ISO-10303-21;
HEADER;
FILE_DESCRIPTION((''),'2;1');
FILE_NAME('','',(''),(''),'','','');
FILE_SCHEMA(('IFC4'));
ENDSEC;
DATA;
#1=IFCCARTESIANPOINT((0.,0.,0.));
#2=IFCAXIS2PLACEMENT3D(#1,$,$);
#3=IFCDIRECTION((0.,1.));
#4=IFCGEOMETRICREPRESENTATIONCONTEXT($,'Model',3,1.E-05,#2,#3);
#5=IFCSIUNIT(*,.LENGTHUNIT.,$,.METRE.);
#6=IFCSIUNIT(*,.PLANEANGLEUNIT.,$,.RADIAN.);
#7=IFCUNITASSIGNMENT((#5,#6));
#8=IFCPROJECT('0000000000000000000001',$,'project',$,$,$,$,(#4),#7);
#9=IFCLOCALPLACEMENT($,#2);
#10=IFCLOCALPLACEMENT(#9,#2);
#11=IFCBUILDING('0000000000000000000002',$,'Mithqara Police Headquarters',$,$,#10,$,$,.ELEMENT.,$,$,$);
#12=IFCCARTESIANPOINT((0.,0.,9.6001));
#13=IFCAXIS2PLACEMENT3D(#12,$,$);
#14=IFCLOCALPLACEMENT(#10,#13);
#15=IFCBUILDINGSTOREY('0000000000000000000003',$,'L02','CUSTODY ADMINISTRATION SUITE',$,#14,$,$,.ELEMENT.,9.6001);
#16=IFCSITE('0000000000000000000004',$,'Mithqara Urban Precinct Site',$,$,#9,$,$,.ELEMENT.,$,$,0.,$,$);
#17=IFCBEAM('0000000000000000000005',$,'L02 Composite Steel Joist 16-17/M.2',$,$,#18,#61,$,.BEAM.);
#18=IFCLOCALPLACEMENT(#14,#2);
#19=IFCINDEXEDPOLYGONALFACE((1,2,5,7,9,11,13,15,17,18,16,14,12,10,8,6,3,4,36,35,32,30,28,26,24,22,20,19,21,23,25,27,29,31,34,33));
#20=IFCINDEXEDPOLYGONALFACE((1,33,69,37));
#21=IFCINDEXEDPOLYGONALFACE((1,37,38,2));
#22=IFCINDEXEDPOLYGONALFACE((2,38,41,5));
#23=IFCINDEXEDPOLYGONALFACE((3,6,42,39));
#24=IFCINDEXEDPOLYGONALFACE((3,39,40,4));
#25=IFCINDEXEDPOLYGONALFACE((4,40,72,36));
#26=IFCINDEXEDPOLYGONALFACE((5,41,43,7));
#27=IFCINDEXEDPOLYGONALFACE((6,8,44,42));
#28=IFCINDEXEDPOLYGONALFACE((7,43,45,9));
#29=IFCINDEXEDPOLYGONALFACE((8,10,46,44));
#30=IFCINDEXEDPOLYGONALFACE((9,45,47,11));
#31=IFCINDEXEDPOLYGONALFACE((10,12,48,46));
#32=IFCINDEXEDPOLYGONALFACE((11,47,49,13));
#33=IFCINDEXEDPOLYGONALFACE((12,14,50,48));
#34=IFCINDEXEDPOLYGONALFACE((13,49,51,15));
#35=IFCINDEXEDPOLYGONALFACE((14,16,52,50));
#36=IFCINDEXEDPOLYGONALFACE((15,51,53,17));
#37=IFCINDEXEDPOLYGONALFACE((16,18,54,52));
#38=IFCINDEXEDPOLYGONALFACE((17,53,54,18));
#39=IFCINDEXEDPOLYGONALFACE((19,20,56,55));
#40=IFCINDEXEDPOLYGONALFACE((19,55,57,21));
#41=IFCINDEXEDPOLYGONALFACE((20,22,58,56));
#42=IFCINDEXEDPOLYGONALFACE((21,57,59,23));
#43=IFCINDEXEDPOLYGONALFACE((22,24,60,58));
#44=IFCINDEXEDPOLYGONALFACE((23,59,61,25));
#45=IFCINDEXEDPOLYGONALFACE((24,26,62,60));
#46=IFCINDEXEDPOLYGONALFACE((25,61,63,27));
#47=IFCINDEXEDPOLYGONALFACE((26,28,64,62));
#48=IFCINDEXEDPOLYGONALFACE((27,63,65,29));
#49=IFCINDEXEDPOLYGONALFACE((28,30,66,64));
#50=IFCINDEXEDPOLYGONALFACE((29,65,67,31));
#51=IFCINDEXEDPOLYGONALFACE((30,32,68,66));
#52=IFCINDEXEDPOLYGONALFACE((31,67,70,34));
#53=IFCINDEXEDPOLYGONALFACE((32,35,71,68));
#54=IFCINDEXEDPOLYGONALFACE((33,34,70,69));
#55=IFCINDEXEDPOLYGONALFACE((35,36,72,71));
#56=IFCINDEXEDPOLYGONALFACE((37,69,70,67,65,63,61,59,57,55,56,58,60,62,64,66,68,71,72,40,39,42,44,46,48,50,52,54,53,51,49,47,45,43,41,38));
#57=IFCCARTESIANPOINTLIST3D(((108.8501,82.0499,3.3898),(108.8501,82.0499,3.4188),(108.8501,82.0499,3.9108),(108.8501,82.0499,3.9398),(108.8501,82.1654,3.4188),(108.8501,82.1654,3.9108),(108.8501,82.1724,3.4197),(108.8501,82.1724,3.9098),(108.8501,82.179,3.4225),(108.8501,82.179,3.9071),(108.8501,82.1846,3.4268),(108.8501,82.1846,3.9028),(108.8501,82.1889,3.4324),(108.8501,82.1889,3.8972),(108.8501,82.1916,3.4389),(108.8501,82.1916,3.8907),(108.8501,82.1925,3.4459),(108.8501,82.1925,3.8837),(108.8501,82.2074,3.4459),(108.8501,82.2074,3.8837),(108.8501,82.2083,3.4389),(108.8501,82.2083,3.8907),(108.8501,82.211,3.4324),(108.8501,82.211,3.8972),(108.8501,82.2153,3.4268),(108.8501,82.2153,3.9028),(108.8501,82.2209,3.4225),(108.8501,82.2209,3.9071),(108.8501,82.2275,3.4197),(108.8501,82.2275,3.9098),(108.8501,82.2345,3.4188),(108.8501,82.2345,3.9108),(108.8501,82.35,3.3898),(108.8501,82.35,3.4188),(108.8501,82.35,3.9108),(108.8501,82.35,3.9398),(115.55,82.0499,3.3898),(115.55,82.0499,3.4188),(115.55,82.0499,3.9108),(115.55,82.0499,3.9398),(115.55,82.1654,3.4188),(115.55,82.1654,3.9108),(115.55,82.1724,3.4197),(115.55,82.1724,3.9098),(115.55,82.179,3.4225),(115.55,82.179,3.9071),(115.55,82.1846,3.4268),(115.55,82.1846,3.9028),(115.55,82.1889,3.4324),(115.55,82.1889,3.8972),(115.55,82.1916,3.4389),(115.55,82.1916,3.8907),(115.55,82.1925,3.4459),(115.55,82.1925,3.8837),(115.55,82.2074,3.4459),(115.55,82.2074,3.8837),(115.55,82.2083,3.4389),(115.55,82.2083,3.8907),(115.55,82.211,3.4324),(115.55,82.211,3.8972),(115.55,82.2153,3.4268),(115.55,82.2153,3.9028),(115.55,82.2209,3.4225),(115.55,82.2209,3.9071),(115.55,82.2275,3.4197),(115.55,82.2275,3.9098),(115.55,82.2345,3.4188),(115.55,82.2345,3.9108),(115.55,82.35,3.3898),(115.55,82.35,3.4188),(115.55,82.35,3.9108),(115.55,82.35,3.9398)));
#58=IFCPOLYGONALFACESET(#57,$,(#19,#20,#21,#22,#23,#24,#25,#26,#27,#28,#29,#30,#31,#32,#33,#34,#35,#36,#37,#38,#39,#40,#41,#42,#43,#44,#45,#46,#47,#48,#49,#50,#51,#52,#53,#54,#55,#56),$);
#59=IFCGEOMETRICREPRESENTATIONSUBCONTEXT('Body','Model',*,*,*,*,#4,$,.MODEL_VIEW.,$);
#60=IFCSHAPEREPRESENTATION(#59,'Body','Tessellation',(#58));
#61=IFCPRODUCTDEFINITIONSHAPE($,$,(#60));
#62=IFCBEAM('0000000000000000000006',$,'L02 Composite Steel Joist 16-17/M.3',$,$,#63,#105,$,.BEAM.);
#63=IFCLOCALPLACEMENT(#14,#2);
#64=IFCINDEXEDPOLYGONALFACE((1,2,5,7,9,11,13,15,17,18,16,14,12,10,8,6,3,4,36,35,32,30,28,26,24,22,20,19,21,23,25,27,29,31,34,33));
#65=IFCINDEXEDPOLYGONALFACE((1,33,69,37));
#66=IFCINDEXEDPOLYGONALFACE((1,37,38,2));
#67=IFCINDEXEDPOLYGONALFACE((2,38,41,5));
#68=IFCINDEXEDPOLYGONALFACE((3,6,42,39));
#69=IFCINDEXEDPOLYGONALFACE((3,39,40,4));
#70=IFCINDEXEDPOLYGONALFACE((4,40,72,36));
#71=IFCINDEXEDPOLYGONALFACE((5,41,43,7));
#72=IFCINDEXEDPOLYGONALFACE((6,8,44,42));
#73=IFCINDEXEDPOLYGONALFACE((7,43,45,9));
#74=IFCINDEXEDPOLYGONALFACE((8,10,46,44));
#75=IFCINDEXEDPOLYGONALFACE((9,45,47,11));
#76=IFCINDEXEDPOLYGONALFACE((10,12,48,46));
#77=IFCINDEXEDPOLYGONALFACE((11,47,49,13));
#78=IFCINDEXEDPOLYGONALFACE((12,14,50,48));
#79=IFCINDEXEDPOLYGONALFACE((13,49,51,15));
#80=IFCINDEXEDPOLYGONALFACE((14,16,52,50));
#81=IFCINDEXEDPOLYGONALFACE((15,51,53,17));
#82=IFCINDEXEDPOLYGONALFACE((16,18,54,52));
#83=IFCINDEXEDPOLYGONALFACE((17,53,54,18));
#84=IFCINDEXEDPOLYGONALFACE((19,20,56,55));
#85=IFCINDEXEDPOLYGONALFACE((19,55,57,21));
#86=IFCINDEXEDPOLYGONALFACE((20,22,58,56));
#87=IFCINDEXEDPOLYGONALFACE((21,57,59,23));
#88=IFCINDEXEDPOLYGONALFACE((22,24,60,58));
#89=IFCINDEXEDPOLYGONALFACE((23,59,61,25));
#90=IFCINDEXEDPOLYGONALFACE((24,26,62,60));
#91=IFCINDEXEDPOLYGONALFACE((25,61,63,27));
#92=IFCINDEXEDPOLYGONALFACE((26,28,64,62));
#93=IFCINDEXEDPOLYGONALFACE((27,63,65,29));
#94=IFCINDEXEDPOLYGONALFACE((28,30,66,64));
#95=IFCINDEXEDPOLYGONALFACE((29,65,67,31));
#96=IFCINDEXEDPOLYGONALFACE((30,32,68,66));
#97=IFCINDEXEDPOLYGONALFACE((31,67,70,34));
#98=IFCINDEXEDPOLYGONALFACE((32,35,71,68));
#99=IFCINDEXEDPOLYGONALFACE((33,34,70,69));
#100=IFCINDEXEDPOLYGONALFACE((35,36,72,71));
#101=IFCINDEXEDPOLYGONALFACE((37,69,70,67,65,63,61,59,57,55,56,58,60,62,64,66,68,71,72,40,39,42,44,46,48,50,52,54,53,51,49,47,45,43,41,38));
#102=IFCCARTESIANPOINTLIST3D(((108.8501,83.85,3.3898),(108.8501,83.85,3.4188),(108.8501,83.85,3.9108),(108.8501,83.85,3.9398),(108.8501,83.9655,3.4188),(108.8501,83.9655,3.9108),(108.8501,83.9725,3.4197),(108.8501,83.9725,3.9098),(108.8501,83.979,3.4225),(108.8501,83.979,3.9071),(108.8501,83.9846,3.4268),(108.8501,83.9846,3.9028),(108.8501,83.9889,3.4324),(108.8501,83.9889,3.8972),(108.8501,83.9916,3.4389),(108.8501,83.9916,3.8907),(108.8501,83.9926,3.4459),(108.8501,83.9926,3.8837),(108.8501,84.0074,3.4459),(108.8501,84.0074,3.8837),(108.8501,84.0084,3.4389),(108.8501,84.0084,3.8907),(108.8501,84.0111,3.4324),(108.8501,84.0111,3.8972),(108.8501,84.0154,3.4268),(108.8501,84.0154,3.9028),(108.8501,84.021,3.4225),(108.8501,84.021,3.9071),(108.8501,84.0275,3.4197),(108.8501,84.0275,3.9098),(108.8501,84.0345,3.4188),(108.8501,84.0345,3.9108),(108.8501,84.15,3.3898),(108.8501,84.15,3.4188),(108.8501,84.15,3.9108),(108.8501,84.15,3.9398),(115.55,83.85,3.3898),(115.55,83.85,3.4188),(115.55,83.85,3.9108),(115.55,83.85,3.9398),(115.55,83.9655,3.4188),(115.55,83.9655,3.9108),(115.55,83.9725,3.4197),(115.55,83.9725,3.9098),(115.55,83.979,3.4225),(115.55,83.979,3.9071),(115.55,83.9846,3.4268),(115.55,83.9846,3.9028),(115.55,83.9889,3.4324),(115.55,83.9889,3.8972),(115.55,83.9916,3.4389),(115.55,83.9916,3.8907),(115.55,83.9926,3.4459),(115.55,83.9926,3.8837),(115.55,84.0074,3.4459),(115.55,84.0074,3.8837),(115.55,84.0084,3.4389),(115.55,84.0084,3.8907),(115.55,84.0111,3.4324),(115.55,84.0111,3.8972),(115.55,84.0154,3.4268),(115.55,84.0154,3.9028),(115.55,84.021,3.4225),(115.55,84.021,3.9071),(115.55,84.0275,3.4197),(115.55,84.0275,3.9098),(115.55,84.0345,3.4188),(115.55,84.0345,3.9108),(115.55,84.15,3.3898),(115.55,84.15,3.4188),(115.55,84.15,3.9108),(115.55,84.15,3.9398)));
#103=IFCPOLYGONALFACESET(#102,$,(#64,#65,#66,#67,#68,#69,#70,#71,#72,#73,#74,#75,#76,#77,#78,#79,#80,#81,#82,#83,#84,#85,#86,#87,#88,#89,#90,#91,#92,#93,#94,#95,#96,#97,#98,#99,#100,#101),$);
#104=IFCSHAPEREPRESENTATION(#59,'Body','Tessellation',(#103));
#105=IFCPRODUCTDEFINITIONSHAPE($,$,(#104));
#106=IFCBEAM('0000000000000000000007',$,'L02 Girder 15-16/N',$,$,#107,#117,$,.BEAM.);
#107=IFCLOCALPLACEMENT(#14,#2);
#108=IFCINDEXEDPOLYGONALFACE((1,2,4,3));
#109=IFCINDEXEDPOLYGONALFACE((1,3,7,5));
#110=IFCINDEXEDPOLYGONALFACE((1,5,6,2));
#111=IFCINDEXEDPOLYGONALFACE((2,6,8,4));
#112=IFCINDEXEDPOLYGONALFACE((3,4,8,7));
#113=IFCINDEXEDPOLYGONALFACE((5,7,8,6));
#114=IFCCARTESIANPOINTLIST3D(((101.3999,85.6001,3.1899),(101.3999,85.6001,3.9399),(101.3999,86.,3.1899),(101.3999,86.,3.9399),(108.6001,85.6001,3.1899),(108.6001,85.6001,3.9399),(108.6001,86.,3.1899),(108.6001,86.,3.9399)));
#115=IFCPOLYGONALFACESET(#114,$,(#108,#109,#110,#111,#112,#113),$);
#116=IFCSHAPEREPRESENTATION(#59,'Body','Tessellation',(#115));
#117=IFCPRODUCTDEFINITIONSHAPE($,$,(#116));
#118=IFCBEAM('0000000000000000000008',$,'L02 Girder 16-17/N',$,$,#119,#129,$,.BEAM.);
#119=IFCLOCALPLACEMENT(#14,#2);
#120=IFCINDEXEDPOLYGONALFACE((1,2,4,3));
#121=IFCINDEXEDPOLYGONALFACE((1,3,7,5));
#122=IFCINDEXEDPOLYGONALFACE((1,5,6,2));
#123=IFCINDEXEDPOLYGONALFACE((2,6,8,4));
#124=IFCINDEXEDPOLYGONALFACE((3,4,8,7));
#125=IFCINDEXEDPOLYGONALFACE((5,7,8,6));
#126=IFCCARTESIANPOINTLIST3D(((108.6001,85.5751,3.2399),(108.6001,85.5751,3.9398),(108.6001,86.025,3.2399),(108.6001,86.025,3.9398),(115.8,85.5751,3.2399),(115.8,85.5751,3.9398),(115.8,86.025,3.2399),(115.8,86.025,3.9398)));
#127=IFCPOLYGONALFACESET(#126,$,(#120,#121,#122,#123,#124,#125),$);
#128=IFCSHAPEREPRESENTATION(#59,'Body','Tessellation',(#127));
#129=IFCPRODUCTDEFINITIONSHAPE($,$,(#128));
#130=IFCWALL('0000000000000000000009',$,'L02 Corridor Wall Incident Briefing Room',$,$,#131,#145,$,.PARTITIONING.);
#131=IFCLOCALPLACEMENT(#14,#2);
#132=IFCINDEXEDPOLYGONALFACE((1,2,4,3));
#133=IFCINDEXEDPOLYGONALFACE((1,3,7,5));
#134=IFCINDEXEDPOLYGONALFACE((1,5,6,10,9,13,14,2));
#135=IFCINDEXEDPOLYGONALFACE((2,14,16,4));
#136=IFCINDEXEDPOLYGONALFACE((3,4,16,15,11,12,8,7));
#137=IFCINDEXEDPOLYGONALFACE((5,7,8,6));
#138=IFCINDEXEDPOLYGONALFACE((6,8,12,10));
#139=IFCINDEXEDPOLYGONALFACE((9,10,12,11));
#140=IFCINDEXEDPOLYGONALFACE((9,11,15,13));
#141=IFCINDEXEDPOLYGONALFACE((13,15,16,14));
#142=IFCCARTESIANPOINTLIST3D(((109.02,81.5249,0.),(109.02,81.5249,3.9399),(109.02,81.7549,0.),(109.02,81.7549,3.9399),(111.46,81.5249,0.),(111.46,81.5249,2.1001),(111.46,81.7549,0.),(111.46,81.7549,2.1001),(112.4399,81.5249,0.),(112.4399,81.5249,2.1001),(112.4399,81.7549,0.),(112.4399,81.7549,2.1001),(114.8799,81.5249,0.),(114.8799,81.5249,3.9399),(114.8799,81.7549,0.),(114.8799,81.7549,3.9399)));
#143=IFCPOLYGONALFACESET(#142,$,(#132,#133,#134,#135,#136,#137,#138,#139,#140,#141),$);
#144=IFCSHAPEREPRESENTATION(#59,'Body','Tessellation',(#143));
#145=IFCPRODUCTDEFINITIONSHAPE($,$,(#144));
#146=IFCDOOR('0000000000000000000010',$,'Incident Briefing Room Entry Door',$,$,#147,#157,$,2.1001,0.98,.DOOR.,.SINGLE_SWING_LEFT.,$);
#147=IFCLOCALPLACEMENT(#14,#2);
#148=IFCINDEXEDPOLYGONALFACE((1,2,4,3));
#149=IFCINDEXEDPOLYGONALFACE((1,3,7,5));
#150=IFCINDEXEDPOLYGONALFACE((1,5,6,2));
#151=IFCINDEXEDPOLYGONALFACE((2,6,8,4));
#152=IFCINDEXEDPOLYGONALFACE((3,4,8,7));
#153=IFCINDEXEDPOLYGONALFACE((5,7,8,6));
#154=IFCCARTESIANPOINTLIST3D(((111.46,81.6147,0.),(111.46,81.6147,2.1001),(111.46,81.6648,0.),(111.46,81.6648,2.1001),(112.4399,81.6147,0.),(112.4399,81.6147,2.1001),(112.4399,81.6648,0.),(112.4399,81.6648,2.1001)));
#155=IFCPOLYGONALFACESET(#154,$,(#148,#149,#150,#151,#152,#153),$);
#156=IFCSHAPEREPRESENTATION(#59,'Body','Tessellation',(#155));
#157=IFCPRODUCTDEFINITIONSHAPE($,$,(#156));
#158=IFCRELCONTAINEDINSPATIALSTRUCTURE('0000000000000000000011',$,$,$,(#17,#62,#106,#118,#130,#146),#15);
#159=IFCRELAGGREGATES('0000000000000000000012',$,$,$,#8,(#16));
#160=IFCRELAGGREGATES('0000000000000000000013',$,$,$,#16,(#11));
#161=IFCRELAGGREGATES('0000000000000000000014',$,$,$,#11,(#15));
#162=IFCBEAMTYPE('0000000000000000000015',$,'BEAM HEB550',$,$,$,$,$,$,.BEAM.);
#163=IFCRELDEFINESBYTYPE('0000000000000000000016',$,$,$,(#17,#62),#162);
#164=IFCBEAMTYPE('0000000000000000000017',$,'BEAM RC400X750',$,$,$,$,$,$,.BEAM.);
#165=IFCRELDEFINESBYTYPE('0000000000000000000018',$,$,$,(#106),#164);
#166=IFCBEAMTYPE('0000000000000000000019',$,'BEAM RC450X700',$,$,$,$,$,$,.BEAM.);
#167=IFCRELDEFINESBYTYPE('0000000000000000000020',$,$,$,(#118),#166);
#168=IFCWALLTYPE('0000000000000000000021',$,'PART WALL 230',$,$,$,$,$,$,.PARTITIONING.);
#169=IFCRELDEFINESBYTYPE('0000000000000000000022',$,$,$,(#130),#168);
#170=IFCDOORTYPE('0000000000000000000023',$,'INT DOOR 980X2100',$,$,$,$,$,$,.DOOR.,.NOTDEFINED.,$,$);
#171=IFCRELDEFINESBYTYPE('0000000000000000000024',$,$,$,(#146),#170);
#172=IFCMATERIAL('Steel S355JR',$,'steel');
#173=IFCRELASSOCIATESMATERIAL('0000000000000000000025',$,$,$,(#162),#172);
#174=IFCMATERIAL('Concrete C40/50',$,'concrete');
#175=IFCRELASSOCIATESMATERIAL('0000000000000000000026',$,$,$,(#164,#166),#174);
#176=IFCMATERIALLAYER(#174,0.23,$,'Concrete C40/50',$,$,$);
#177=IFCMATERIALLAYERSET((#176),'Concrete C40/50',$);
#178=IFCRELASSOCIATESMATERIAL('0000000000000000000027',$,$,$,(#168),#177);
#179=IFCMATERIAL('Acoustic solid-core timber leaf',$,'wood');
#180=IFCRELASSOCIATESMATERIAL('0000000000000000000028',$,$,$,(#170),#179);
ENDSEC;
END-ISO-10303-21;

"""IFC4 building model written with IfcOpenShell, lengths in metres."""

from ifc_helpers import new_model, si_unit, direction, frame, frame_2d, origin, origin_2d, place, context, subcontext, project, spatial, rectangle, i_section, extrude, material, layer, layer_set, material_profile, profile_set, type_object, element, fill, save


model = new_model("IFC4")

# Units and contexts
model_context = context("Model", 3, precision=1e-05, world=origin(), true_north=direction((0.0, 1.0)))
body_context = subcontext(model_context, "Body", "Model", "MODEL_VIEW")
ifc_project = project(units=[si_unit("LENGTHUNIT", "METRE"), si_unit("PLANEANGLEUNIT", "RADIAN")], contexts=[model_context])

# Site, building, storey
site_placement = place(None, origin())
site = spatial("IfcSite", under=ifc_project, at=site_placement, Name="Mithqara Urban Precinct Site", CompositionType="ELEMENT", RefElevation=0.0)
building_placement = place(site_placement, origin())
building = spatial("IfcBuilding", under=site, at=building_placement, Name="Mithqara Police Headquarters", CompositionType="ELEMENT")
storey_placement = place(building_placement, frame((0.0, 0.0, 9.6001)))
storey = spatial("IfcBuildingStorey", under=building, at=storey_placement, Name="L02", Description="CUSTODY ADMINISTRATION SUITE", CompositionType="ELEMENT", Elevation=9.6001)

# Beams
ifc_material_1 = material(Name="Steel S355JR", Category="steel")
ifc_material_profile_1 = material_profile(ifc_material_1, i_section(OverallWidth=0.3, OverallDepth=0.55, WebThickness=0.0149, FlangeThickness=0.0291, FilletRadius=0.0271, at=origin_2d()), Name="HEB 550")
ifc_profile_set_1 = profile_set([ifc_material_profile_1], Name="Steel S355JR")
beam_type_1 = type_object("IfcBeamType", Name="BEAM HEB550", PredefinedType="BEAM", material=ifc_profile_set_1)
for number, where, z_axis, x_axis, name in (
    (1, (108.8501, 82.2, 3.6648), (1.0, 0.0, 0.0), (0.0, 1.0, 0.0), "L02 Composite Steel Joist 16-17/M.2"),
    (2, (108.8501, 84.0, 3.6648), (1.0, 0.0, 0.0), (0.0, 1.0, 0.0), "L02 Composite Steel Joist 16-17/M.3"),
):
    element("IfcBeam", number, at=place(storey_placement, frame(where, z_axis=z_axis, x_axis=x_axis)), inside=storey, type_object=beam_type_1, Name=name, PredefinedType="BEAM", context=body_context, shape_type="SweptSolid", body=[
        extrude(i_section(OverallWidth=0.3, OverallDepth=0.55, WebThickness=0.0149, FlangeThickness=0.0291, FilletRadius=0.0271, at=origin_2d()), origin(), (0.0, 0.0, 1.0), 6.7),
    ])
ifc_material_2 = material(Name="Concrete C40/50", Category="concrete")
ifc_material_profile_2 = material_profile(ifc_material_2, rectangle(XDim=0.3999, YDim=0.75, at=origin_2d()), Name="RC 400x750")
ifc_profile_set_2 = profile_set([ifc_material_profile_2], Name="Concrete C40/50")
beam_type_2 = type_object("IfcBeamType", Name="BEAM RC400X750", PredefinedType="BEAM", material=ifc_profile_set_2)
beam_1_placement = place(storey_placement, frame((101.3999, 85.8, 3.5649), z_axis=(1.0, 0.0, 0.0), x_axis=(0.0, 1.0, 0.0)))
element("IfcBeam", 3, at=beam_1_placement, inside=storey, type_object=beam_type_2, Name="L02 Girder 15-16/N", PredefinedType="BEAM", context=body_context, shape_type="SweptSolid", body=[
    extrude(rectangle(XDim=0.3999, YDim=0.75, at=origin_2d()), origin(), (0.0, 0.0, 1.0), 7.2002),
])
ifc_material_profile_3 = material_profile(ifc_material_2, rectangle(XDim=0.45, YDim=0.7, at=origin_2d()), Name="RC 450x700")
ifc_profile_set_3 = profile_set([ifc_material_profile_3], Name="Concrete C40/50")
beam_type_3 = type_object("IfcBeamType", Name="BEAM RC450X700", PredefinedType="BEAM", material=ifc_profile_set_3)
beam_2_placement = place(storey_placement, frame((108.6001, 85.8, 3.5898), z_axis=(1.0, 0.0, 0.0), x_axis=(0.0, 1.0, 0.0)))
element("IfcBeam", 4, at=beam_2_placement, inside=storey, type_object=beam_type_3, Name="L02 Girder 16-17/N", PredefinedType="BEAM", context=body_context, shape_type="SweptSolid", body=[
    extrude(rectangle(XDim=0.45, YDim=0.7, at=origin_2d()), origin(), (0.0, 0.0, 1.0), 7.2),
])

# Wall, opening, door
ifc_layer = layer(ifc_material_2, 0.23, Name="Concrete C40/50")
ifc_layer_set = layer_set([ifc_layer], Name="Concrete C40/50")
wall_type = type_object("IfcWallType", Name="PART WALL 230", PredefinedType="PARTITIONING", material=ifc_layer_set)
wall_placement = place(storey_placement, frame((109.02, 81.6399, 0.0), z_axis=(0.0, 0.0, 1.0), x_axis=(1.0, 0.0, 0.0)))
wall = element("IfcWall", 5, at=wall_placement, inside=storey, type_object=wall_type, Name="L02 Corridor Wall Incident Briefing Room", PredefinedType="PARTITIONING", context=body_context, shape_type="SweptSolid", body=[
    extrude(rectangle(XDim=5.8599, YDim=0.23, at=frame_2d((2.9299, 0.0))), origin(), (0.0, 0.0, 1.0), 3.9399),
])
opening_placement = place(wall_placement, frame((2.4399, 0.0, 0.0)))
opening = element("IfcOpeningElement", 6, at=opening_placement, cuts=wall, PredefinedType="OPENING", context=body_context, shape_type="SweptSolid", body=[
    extrude(rectangle(XDim=0.98, YDim=2.1001, at=frame_2d((0.49, 1.05))), frame((0.0, 0.125, 0.0), z_axis=(0.0, -1.0, 0.0), x_axis=(1.0, 0.0, 0.0)), (0.0, 0.0, 1.0), 0.25),
])
ifc_material_3 = material(Name="Acoustic solid-core timber leaf", Category="wood")
door_type = type_object("IfcDoorType", Name="INT DOOR 980X2100", OperationType="NOTDEFINED", PredefinedType="DOOR", material=ifc_material_3)
door_placement = place(opening_placement, origin())
door = element("IfcDoor", 7, at=door_placement, inside=storey, type_object=door_type, Name="Incident Briefing Room Entry Door", OperationType="SINGLE_SWING_LEFT", OverallHeight=2.1001, OverallWidth=0.98, PredefinedType="DOOR", context=body_context, shape_type="SweptSolid", body=[
    extrude(rectangle(XDim=0.98, YDim=2.1001, at=frame_2d((0.49, 1.05))), frame((0.0, 0.0249, 0.0), z_axis=(0.0, -1.0, 0.0), x_axis=(1.0, 0.0, 0.0)), (0.0, 0.0, 1.0), 0.05),
])
fill(opening, door)

save(model, "model.ifc")
